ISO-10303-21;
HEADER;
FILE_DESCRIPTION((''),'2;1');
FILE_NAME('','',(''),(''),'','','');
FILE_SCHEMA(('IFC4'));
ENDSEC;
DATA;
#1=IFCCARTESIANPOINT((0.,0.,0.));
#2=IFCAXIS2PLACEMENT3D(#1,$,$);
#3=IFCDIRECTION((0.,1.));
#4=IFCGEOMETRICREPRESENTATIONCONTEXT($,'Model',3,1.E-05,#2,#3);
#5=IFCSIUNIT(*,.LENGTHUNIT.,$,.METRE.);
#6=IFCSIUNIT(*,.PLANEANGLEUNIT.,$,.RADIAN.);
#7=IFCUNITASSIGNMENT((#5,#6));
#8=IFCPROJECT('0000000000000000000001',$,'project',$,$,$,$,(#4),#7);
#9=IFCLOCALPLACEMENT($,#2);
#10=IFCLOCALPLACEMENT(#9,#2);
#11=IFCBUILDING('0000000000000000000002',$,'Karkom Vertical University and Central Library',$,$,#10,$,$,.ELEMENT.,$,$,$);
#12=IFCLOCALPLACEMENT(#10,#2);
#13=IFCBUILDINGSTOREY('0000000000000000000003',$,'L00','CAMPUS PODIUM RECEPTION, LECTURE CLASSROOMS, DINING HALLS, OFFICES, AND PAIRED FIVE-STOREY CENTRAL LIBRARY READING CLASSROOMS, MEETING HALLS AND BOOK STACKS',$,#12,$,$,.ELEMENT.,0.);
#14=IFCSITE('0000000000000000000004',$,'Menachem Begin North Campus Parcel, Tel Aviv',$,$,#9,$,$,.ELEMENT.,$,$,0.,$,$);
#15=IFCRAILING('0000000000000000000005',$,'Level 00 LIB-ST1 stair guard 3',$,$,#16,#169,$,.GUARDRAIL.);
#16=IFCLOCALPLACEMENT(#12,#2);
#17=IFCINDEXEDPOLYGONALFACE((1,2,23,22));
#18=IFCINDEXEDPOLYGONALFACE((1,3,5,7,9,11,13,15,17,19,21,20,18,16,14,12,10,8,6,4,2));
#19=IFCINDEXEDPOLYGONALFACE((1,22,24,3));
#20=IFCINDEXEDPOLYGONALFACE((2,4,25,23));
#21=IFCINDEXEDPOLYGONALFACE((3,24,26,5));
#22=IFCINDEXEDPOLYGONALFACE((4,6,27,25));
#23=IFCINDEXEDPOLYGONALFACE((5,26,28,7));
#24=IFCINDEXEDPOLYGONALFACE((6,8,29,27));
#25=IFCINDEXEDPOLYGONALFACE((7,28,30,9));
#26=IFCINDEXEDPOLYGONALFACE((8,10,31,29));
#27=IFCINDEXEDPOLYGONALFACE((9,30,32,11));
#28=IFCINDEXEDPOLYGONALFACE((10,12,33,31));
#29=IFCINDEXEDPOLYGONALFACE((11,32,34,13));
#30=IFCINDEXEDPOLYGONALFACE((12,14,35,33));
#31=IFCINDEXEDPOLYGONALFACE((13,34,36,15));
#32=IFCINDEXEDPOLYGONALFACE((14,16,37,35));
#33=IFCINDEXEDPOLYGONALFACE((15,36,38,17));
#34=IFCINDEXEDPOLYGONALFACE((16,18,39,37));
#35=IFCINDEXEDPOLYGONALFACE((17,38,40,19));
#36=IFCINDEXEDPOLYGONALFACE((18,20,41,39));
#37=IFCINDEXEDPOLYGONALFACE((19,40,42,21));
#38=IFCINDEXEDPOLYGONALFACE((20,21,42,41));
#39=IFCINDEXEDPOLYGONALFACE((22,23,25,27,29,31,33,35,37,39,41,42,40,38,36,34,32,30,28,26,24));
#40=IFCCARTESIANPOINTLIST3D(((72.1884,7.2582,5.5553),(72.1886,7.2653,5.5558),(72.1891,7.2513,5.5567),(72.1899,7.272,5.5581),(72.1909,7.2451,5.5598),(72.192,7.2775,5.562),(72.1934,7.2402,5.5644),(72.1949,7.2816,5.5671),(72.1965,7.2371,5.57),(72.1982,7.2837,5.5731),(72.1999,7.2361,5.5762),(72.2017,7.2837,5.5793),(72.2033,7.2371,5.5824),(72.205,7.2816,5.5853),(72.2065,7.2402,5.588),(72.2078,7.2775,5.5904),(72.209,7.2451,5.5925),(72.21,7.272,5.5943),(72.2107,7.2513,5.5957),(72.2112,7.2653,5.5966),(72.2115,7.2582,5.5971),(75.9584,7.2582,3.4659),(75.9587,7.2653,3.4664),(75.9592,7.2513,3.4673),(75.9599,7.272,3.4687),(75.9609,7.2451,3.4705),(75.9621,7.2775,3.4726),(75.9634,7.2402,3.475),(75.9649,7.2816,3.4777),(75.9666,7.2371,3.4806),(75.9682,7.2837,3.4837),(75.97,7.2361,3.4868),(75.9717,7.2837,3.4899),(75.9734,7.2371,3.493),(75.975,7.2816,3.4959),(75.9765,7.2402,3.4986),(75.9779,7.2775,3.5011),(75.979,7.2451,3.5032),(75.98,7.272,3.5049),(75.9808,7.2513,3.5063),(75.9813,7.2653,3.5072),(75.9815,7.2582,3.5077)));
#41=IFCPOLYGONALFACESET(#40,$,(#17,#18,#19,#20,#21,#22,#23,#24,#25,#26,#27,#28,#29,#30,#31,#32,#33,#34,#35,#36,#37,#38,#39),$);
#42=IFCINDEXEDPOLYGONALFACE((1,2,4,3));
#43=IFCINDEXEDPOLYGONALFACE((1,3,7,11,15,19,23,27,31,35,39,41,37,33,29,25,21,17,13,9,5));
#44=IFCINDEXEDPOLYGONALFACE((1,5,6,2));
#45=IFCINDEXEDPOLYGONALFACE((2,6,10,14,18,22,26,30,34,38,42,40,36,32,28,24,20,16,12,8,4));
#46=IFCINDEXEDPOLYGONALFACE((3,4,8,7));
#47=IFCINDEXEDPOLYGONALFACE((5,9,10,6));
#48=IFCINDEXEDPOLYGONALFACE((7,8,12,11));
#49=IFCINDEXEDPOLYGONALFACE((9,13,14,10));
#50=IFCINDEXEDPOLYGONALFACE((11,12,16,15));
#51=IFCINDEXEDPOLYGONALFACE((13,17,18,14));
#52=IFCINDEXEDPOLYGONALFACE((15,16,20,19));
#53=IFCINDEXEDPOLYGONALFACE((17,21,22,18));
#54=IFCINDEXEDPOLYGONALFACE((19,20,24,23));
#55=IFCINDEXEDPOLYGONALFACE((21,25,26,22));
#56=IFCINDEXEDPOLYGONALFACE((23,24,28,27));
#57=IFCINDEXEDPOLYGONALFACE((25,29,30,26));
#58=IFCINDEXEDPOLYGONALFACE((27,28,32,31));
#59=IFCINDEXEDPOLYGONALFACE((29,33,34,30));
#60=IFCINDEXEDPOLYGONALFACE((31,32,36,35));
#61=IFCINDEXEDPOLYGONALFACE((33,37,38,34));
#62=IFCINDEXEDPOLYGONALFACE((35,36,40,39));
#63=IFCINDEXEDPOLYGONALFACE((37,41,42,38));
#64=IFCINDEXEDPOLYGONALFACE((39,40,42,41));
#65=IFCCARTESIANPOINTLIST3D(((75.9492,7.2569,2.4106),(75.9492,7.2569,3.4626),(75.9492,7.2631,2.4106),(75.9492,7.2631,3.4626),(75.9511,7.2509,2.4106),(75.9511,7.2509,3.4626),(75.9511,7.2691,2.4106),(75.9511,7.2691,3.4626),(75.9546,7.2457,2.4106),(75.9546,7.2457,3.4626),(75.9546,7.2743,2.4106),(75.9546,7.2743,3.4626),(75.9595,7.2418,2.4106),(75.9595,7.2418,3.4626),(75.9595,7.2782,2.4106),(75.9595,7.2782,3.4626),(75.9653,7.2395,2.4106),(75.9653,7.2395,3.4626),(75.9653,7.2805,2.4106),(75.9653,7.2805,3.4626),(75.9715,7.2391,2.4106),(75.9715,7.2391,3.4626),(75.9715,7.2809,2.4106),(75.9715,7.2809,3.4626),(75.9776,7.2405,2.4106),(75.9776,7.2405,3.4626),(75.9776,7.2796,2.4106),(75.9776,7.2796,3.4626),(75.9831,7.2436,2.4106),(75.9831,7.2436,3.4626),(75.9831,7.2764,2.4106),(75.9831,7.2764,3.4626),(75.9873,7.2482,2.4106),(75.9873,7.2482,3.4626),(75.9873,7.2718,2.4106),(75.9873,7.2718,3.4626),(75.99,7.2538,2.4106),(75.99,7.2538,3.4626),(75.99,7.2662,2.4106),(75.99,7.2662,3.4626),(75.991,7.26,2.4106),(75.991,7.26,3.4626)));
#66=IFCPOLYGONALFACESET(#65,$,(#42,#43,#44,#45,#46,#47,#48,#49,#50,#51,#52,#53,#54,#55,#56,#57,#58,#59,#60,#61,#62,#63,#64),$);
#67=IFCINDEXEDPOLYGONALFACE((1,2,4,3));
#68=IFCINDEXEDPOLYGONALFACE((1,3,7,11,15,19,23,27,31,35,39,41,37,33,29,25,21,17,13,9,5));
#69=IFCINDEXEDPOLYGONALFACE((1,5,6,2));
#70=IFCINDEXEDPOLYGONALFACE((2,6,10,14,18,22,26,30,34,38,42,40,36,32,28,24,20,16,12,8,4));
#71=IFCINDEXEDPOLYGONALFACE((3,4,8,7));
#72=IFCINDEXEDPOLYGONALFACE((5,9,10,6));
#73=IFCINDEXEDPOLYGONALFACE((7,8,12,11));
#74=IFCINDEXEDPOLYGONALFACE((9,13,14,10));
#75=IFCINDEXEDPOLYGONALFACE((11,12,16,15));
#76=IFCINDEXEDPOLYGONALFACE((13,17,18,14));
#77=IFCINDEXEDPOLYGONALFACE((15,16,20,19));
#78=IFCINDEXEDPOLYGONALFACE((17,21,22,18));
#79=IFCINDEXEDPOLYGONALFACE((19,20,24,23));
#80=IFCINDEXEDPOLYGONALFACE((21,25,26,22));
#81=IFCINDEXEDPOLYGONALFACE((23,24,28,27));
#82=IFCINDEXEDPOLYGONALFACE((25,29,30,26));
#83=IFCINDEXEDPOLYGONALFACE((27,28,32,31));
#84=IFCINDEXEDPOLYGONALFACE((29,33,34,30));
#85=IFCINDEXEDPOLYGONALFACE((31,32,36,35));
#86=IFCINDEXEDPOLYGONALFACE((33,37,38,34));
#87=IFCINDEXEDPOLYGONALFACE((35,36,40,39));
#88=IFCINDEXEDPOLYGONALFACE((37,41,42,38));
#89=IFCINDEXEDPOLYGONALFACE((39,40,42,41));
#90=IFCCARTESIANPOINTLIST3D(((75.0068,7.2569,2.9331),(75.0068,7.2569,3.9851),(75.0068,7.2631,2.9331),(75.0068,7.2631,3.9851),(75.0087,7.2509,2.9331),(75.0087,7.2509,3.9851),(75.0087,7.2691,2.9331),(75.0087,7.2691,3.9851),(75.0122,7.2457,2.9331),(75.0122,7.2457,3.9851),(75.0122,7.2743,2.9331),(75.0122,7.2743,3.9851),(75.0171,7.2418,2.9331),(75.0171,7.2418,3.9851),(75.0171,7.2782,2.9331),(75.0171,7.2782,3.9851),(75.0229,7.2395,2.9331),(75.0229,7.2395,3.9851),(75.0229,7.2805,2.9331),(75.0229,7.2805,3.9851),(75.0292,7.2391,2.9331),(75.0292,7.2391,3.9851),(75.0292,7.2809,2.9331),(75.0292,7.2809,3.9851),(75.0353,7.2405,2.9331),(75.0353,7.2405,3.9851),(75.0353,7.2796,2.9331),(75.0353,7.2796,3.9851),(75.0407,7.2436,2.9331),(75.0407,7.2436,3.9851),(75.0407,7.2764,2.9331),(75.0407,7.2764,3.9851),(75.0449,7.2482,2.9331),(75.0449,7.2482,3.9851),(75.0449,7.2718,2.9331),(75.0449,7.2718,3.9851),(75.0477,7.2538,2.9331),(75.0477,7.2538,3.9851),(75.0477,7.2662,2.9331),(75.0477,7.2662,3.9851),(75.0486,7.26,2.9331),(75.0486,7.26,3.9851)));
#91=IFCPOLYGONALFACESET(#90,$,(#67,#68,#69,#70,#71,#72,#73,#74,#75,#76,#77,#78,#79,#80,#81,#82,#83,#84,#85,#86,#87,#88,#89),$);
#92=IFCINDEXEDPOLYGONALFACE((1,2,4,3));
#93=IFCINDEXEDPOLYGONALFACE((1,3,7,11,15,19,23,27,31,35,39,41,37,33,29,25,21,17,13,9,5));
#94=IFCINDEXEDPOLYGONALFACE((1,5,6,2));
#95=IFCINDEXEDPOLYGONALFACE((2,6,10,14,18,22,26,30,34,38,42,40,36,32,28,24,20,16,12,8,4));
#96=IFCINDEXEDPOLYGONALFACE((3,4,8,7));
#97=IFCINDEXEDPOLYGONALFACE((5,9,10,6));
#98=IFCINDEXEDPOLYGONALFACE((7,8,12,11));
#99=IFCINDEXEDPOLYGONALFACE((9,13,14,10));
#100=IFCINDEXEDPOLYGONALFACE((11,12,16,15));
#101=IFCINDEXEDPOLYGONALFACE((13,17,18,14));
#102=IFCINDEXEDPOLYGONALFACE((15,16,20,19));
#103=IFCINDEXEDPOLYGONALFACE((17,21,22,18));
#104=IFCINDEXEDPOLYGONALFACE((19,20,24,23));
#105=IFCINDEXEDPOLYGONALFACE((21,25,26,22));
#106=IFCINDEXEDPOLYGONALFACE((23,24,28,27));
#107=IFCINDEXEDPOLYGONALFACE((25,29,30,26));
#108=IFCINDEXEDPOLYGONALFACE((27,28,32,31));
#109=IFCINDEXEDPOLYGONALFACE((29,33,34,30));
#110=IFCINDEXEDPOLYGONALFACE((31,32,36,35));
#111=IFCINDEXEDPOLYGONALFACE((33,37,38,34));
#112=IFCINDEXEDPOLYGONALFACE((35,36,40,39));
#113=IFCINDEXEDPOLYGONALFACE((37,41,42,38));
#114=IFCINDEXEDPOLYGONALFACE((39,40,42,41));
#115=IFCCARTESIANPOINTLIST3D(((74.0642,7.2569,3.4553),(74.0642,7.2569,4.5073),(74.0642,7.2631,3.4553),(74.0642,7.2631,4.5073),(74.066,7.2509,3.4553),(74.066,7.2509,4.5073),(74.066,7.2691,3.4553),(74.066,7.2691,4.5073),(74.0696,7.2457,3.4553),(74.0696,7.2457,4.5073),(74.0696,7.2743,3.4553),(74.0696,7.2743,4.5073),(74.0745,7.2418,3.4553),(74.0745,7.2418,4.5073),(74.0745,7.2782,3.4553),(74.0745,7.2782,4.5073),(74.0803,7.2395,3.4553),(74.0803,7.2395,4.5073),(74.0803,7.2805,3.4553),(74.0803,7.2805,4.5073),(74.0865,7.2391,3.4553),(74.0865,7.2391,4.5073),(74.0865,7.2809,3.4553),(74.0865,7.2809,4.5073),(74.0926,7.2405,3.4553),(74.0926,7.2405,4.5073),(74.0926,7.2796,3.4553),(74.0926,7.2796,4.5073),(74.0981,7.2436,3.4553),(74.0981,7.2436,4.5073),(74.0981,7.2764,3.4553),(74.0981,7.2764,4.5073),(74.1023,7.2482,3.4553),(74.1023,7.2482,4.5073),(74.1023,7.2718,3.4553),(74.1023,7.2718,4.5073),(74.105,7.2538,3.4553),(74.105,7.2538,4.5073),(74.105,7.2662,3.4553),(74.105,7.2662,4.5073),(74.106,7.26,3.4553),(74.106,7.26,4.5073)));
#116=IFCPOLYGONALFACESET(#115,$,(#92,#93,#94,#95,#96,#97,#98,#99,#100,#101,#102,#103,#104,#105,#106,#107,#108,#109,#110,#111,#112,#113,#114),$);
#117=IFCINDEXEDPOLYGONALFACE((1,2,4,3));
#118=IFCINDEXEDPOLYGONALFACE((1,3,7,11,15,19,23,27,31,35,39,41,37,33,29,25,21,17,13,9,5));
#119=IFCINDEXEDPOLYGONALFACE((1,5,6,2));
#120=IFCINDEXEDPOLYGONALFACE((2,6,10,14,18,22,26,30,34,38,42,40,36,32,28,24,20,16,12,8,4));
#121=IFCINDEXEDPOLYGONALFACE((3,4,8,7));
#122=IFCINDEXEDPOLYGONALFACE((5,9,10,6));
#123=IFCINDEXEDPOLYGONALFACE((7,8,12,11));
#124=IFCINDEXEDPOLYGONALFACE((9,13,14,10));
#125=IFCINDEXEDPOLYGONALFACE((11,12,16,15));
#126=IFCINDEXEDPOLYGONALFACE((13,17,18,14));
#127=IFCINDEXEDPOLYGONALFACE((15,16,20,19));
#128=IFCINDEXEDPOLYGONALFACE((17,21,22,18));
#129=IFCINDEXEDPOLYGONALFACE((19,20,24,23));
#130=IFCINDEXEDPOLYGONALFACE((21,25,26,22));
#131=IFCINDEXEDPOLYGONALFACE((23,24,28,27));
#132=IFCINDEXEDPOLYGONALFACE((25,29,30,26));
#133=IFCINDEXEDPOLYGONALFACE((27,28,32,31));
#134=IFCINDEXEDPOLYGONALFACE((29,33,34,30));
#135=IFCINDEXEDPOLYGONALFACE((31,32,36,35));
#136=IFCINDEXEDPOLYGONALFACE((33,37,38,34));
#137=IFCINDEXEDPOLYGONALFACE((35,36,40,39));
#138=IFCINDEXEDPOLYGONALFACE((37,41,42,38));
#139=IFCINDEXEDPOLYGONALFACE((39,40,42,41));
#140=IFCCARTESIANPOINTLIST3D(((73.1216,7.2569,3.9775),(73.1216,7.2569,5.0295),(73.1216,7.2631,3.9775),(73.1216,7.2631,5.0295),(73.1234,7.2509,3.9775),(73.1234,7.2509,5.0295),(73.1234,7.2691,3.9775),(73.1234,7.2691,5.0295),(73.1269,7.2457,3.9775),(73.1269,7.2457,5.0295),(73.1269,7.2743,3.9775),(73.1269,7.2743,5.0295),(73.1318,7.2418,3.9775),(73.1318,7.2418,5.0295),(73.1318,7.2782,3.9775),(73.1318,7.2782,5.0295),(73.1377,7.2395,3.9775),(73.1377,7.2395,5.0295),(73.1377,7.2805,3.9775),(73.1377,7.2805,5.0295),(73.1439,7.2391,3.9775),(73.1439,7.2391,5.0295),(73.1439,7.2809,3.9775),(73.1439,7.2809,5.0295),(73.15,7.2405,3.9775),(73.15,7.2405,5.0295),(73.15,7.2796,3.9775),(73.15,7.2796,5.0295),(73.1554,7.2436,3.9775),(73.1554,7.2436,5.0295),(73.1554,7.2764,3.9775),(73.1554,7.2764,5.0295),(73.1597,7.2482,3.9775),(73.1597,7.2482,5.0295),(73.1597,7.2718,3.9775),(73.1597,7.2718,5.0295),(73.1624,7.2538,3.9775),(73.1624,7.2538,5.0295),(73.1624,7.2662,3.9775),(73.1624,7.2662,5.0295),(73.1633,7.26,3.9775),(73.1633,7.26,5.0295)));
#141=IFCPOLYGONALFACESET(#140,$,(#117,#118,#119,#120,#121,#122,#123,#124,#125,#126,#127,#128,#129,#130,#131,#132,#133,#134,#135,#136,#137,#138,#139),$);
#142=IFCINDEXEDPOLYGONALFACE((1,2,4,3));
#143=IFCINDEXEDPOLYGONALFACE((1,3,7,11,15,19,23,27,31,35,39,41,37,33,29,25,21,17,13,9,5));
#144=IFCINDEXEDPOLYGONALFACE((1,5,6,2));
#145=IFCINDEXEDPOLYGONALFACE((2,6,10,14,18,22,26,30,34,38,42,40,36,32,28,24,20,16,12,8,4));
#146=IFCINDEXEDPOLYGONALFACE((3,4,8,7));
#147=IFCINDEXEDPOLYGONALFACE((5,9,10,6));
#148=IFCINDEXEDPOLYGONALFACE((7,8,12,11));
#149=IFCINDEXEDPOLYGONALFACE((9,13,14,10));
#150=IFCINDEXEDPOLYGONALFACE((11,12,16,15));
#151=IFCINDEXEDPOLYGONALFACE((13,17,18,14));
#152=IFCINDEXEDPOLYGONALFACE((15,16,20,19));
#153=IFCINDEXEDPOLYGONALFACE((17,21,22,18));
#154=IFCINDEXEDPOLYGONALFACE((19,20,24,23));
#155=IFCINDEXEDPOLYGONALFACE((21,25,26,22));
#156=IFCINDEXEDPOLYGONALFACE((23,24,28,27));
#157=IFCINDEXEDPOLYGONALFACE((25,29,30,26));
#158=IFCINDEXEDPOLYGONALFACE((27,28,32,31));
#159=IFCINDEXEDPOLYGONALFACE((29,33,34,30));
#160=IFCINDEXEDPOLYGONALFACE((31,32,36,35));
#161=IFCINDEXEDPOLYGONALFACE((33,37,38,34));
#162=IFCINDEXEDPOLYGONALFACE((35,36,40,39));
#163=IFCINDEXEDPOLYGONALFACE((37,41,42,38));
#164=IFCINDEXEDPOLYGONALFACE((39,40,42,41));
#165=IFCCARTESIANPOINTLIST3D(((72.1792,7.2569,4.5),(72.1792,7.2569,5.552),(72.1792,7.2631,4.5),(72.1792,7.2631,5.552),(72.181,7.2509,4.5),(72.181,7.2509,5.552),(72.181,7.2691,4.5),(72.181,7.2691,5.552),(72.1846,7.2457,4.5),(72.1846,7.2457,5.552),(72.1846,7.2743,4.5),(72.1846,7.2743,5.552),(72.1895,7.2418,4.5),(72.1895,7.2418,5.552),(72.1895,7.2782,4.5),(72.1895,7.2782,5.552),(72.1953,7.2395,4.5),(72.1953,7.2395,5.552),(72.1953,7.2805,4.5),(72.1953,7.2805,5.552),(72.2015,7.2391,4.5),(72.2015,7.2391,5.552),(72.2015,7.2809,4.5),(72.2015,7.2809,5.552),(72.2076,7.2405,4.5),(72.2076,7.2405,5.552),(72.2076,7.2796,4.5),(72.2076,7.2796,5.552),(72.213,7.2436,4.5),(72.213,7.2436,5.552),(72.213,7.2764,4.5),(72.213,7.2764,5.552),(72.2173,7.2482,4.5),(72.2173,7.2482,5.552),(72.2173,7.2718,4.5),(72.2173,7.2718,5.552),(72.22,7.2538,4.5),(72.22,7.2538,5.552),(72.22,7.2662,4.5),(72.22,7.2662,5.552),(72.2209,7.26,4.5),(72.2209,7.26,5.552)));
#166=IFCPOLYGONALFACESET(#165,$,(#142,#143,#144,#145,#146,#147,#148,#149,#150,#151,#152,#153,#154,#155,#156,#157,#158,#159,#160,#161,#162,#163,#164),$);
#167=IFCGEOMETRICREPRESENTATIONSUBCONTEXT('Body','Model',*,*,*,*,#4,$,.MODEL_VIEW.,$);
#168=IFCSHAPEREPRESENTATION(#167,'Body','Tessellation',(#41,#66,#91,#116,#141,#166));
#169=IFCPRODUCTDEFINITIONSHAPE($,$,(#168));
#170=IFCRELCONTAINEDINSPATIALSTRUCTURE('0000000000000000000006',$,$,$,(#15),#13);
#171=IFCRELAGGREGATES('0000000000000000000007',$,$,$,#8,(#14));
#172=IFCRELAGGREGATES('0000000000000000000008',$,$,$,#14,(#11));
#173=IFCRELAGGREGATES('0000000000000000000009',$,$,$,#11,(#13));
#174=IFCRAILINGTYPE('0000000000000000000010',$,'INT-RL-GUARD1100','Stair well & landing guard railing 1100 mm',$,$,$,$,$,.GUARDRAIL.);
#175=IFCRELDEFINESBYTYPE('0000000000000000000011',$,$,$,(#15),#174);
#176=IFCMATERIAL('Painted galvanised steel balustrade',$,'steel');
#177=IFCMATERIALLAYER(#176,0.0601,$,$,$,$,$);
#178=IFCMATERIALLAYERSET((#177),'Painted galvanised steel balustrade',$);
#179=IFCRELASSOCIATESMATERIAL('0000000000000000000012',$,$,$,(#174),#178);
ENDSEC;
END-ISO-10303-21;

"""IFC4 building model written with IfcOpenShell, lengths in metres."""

from ifc_helpers import new_model, si_unit, direction, frame, origin, origin_2d, place, context, subcontext, project, spatial, circle, extrude, material, layer, layer_set, type_object, element, save


model = new_model("IFC4")

# Units and contexts
model_context = context("Model", 3, precision=1e-05, world=origin(), true_north=direction((0.0, 1.0)))
body_context = subcontext(model_context, "Body", "Model", "MODEL_VIEW")
ifc_project = project(units=[si_unit("LENGTHUNIT", "METRE"), si_unit("PLANEANGLEUNIT", "RADIAN")], contexts=[model_context])

# Site, building, storey
site_placement = place(None, origin())
site = spatial("IfcSite", under=ifc_project, at=site_placement, Name="Menachem Begin North Campus Parcel, Tel Aviv", CompositionType="ELEMENT", RefElevation=0.0)
building_placement = place(site_placement, origin())
building = spatial("IfcBuilding", under=site, at=building_placement, Name="Karkom Vertical University and Central Library", CompositionType="ELEMENT")
storey_placement = place(building_placement, origin())
storey = spatial("IfcBuildingStorey", under=building, at=storey_placement, Name="L00", Description="CAMPUS PODIUM RECEPTION, LECTURE CLASSROOMS, DINING HALLS, OFFICES, AND PAIRED FIVE-STOREY CENTRAL LIBRARY READING CLASSROOMS, MEETING HALLS AND BOOK STACKS", CompositionType="ELEMENT", Elevation=0.0)

# Railing
ifc_material_1 = material(Name="Painted galvanised steel balustrade", Category="steel")
ifc_layer_1 = layer(ifc_material_1, 0.0601)
ifc_layer_set_1 = layer_set([ifc_layer_1], Name="Painted galvanised steel balustrade")
railing_type_1 = type_object("IfcRailingType", Name="INT-RL-GUARD1100", Description="Stair well & landing guard railing 1100 mm", PredefinedType="GUARDRAIL", material=ifc_layer_set_1)
railing_1_placement = place(storey_placement, frame((75.97, 7.26, 2.4106)))
element("IfcRailing", 1, at=railing_1_placement, inside=storey, type_object=railing_type_1, Name="Level 00 LIB-ST1 stair guard 3", PredefinedType="GUARDRAIL", context=body_context, shape_type="SweptSolid", body=[
    extrude(circle(Radius=0.0239, at=origin_2d()), frame((0.0, 0.0, 1.0762), z_axis=(-0.874659, 0.0, 0.484739), x_axis=(0.0, -1.0, 0.0)), (0.0, 0.0, 1.0), 4.3103),
    extrude(circle(Radius=0.021, at=origin_2d()), origin(), (0.0, 0.0, 1.0), 1.052),
    extrude(circle(Radius=0.021, at=origin_2d()), frame((-0.9424, 0.0, 0.5225)), (0.0, 0.0, 1.0), 1.052),
    extrude(circle(Radius=0.021, at=origin_2d()), frame((-1.885, 0.0, 1.0447)), (0.0, 0.0, 1.0), 1.052),
    extrude(circle(Radius=0.021, at=origin_2d()), frame((-2.8276, 0.0, 1.5669)), (0.0, 0.0, 1.0), 1.052),
    extrude(circle(Radius=0.021, at=origin_2d()), frame((-3.77, 0.0, 2.0894)), (0.0, 0.0, 1.0), 1.052),
])

save(model, "model.ifc")
